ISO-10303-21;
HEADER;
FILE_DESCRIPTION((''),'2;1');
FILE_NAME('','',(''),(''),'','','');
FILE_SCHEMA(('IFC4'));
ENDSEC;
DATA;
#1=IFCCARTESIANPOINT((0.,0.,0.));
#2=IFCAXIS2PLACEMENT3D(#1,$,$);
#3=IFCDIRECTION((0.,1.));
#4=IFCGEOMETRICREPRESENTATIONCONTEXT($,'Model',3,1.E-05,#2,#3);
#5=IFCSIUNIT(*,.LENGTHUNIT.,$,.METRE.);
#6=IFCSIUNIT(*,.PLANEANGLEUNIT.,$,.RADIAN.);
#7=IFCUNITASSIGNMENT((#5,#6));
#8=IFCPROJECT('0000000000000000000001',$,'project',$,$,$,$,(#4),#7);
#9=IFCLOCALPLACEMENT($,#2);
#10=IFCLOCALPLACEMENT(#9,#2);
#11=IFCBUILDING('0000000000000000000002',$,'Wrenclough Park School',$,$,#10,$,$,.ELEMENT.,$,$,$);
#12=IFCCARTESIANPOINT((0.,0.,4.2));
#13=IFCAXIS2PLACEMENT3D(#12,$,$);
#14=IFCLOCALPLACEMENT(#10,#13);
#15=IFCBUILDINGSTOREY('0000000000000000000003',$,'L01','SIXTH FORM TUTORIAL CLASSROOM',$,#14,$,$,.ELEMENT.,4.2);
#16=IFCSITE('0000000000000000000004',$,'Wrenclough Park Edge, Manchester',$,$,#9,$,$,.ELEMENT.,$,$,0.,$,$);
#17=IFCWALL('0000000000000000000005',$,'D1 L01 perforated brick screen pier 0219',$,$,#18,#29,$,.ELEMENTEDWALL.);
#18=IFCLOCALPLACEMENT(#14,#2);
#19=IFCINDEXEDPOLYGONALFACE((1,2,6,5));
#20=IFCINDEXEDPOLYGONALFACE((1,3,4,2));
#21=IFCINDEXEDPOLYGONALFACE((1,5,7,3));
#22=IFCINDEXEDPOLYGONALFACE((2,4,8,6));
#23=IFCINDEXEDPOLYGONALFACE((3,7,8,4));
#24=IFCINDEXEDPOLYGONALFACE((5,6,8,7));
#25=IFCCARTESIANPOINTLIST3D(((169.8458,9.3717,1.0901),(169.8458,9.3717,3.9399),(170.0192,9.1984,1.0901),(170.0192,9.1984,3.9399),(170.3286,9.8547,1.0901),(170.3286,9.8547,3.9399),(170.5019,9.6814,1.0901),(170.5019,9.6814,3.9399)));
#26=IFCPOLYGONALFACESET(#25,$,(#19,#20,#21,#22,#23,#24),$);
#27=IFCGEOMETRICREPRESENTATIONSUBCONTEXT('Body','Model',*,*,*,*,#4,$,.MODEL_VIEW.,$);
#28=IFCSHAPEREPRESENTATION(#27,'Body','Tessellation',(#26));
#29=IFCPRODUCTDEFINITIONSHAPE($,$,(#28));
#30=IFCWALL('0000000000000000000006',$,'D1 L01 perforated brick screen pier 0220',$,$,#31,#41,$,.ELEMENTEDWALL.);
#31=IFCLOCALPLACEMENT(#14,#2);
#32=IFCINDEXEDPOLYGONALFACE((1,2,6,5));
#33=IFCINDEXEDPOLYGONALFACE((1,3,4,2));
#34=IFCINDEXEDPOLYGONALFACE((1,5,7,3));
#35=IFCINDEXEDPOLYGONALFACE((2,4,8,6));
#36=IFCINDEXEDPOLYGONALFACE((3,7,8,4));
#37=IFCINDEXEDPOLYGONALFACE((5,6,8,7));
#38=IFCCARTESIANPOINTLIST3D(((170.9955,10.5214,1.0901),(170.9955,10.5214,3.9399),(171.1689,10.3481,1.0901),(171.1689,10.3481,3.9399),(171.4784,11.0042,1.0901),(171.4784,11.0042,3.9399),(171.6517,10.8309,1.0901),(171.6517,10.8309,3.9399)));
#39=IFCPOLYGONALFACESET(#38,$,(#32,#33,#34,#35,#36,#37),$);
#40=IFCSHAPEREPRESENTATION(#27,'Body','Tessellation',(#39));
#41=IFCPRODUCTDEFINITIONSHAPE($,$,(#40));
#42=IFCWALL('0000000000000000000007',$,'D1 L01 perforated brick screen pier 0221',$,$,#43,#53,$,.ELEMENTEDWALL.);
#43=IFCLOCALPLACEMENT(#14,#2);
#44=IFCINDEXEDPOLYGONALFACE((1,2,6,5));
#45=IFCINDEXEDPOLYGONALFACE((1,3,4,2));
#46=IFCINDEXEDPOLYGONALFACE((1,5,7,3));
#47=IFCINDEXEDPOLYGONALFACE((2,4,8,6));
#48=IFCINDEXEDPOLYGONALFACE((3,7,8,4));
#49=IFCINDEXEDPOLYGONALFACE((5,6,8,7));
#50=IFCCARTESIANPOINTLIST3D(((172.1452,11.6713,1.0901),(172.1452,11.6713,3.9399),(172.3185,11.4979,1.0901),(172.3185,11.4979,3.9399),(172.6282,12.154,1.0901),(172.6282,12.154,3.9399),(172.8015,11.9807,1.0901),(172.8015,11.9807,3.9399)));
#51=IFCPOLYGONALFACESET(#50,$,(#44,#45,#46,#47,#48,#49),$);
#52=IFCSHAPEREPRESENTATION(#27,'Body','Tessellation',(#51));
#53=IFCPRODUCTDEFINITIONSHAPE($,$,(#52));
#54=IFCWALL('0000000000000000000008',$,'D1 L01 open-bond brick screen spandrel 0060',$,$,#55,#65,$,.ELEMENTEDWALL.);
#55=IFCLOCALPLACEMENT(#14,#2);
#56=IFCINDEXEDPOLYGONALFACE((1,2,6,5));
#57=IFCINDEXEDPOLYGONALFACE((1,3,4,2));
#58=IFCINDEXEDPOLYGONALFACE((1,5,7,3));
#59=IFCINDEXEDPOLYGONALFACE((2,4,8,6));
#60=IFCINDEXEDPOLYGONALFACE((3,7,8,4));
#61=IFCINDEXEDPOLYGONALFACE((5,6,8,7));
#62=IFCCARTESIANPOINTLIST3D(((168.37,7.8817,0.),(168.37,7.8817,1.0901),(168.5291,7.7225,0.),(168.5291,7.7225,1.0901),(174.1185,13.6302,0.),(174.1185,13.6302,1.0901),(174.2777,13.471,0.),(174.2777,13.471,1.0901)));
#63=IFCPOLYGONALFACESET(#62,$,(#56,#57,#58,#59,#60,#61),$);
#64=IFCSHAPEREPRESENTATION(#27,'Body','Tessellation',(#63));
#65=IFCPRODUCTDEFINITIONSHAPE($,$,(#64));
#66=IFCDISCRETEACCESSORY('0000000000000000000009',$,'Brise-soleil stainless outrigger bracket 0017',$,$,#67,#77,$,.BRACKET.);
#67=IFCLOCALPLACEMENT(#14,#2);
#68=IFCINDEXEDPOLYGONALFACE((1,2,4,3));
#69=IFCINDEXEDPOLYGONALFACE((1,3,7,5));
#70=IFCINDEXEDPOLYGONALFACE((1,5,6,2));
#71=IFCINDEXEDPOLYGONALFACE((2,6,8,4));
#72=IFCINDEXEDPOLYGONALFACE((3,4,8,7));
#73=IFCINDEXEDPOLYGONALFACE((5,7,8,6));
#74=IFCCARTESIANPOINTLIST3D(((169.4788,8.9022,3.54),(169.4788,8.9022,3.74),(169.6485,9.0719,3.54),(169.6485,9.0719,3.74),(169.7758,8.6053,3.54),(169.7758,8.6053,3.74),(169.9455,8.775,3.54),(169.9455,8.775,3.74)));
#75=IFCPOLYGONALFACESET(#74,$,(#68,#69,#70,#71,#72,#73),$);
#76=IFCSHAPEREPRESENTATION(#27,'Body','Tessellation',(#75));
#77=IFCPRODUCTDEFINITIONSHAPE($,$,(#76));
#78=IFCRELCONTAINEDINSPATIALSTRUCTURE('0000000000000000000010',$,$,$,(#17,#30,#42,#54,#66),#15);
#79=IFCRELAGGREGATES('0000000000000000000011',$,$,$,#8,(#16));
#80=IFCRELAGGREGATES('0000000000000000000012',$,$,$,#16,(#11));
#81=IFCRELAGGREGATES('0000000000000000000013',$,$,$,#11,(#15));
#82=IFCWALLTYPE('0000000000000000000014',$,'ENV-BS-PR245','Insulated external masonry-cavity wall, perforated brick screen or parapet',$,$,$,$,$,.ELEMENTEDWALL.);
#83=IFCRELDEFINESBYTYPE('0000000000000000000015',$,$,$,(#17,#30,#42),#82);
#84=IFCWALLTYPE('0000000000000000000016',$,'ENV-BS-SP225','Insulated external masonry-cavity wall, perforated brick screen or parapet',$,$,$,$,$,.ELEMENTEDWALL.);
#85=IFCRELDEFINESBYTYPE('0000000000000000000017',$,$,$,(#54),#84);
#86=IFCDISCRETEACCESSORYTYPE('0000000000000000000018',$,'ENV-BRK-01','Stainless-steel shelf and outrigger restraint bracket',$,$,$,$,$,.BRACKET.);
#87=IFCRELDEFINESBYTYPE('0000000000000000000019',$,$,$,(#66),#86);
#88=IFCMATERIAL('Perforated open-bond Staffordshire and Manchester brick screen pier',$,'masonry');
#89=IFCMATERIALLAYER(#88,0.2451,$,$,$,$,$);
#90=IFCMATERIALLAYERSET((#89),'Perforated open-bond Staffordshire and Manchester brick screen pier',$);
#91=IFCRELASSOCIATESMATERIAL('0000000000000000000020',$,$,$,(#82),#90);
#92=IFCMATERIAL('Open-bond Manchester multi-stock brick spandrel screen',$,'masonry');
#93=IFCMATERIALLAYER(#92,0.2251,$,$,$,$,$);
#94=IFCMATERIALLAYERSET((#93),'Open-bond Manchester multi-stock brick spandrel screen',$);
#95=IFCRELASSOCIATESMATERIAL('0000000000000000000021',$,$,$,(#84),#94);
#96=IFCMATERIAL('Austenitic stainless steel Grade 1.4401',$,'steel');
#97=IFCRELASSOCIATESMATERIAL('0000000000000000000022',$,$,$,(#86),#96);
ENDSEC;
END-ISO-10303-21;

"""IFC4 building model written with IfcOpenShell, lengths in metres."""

from ifc_helpers import new_model, si_unit, direction, frame, frame_2d, origin, origin_2d, place, context, subcontext, project, spatial, rectangle, extrude, material, layer, layer_set, type_object, element, save


model = new_model("IFC4")

# Units and contexts
model_context = context("Model", 3, precision=1e-05, world=origin(), true_north=direction((0.0, 1.0)))
body_context = subcontext(model_context, "Body", "Model", "MODEL_VIEW")
ifc_project = project(units=[si_unit("LENGTHUNIT", "METRE"), si_unit("PLANEANGLEUNIT", "RADIAN")], contexts=[model_context])

# Site, building, storey
site_placement = place(None, origin())
site = spatial("IfcSite", under=ifc_project, at=site_placement, Name="Wrenclough Park Edge, Manchester", CompositionType="ELEMENT", RefElevation=0.0)
building_placement = place(site_placement, origin())
building = spatial("IfcBuilding", under=site, at=building_placement, Name="Wrenclough Park School", CompositionType="ELEMENT")
storey_placement = place(building_placement, frame((0.0, 0.0, 4.2)))
storey = spatial("IfcBuildingStorey", under=building, at=storey_placement, Name="L01", Description="SIXTH FORM TUTORIAL CLASSROOM", CompositionType="ELEMENT", Elevation=4.2)

# Walls
ifc_material_1 = material(Name="Perforated open-bond Staffordshire and Manchester brick screen pier", Category="masonry")
ifc_layer_1 = layer(ifc_material_1, 0.2451)
ifc_layer_set_1 = layer_set([ifc_layer_1], Name="Perforated open-bond Staffordshire and Manchester brick screen pier")
wall_type_1 = type_object("IfcWallType", Name="ENV-BS-PR245", Description="Insulated external masonry-cavity wall, perforated brick screen or parapet", PredefinedType="ELEMENTEDWALL", material=ifc_layer_set_1)
for number, where, z_axis, x_axis, name in (
    (1, (169.9326, 9.2852, 1.0901), (0.0, 0.0, 1.0), (0.706928, 0.707286, 0.0), "D1 L01 perforated brick screen pier 0219"),
    (2, (171.0823, 10.4348, 1.0901), (0.0, 0.0, 1.0), (0.707107, 0.707107, 0.0), "D1 L01 perforated brick screen pier 0220"),
    (3, (172.2319, 11.5847, 1.0901), (0.0, 0.0, 1.0), (0.707286, 0.706928, 0.0), "D1 L01 perforated brick screen pier 0221"),
):
    element("IfcWall", number, at=place(storey_placement, frame(where, z_axis=z_axis, x_axis=x_axis)), inside=storey, type_object=wall_type_1, Name=name, PredefinedType="ELEMENTEDWALL", context=body_context, shape_type="SweptSolid", body=[
        extrude(rectangle(XDim=0.6829, YDim=0.2451, at=frame_2d((0.3413, 0.0))), origin(), (0.0, 0.0, 1.0), 2.8499),
    ])
ifc_material_2 = material(Name="Open-bond Manchester multi-stock brick spandrel screen", Category="masonry")
ifc_layer_2 = layer(ifc_material_2, 0.2251)
ifc_layer_set_2 = layer_set([ifc_layer_2], Name="Open-bond Manchester multi-stock brick spandrel screen")
wall_type_2 = type_object("IfcWallType", Name="ENV-BS-SP225", Description="Insulated external masonry-cavity wall, perforated brick screen or parapet", PredefinedType="ELEMENTEDWALL", material=ifc_layer_set_2)
wall_placement = place(storey_placement, frame((168.4495, 7.802, 0.0), z_axis=(0.0, 0.0, 1.0), x_axis=(0.707107, 0.707107, 0.0)))
element("IfcWall", 4, at=wall_placement, inside=storey, type_object=wall_type_2, Name="D1 L01 open-bond brick screen spandrel 0060", PredefinedType="ELEMENTEDWALL", context=body_context, shape_type="SweptSolid", body=[
    extrude(rectangle(XDim=8.1296, YDim=0.2251, at=frame_2d((4.0649, 0.0))), origin(), (0.0, 0.0, 1.0), 1.0901),
])

# Discrete accessory
ifc_material_3 = material(Name="Austenitic stainless steel Grade 1.4401", Category="steel")
discrete_accessory_type = type_object("IfcDiscreteAccessoryType", Name="ENV-BRK-01", Description="Stainless-steel shelf and outrigger restraint bracket", PredefinedType="BRACKET", material=ifc_material_3)
discrete_accessory_placement = place(storey_placement, frame((169.7122, 8.8386, 3.54), z_axis=(0.0, 0.0, 1.0), x_axis=(0.707107, 0.707107, 0.0)))
element("IfcDiscreteAccessory", 5, at=discrete_accessory_placement, inside=storey, type_object=discrete_accessory_type, Name="Brise-soleil stainless outrigger bracket 0017", PredefinedType="BRACKET", context=body_context, shape_type="SweptSolid", body=[
    extrude(rectangle(XDim=0.24, YDim=0.4199, at=origin_2d()), origin(), (0.0, 0.0, 1.0), 0.2),
])

save(model, "model.ifc")
